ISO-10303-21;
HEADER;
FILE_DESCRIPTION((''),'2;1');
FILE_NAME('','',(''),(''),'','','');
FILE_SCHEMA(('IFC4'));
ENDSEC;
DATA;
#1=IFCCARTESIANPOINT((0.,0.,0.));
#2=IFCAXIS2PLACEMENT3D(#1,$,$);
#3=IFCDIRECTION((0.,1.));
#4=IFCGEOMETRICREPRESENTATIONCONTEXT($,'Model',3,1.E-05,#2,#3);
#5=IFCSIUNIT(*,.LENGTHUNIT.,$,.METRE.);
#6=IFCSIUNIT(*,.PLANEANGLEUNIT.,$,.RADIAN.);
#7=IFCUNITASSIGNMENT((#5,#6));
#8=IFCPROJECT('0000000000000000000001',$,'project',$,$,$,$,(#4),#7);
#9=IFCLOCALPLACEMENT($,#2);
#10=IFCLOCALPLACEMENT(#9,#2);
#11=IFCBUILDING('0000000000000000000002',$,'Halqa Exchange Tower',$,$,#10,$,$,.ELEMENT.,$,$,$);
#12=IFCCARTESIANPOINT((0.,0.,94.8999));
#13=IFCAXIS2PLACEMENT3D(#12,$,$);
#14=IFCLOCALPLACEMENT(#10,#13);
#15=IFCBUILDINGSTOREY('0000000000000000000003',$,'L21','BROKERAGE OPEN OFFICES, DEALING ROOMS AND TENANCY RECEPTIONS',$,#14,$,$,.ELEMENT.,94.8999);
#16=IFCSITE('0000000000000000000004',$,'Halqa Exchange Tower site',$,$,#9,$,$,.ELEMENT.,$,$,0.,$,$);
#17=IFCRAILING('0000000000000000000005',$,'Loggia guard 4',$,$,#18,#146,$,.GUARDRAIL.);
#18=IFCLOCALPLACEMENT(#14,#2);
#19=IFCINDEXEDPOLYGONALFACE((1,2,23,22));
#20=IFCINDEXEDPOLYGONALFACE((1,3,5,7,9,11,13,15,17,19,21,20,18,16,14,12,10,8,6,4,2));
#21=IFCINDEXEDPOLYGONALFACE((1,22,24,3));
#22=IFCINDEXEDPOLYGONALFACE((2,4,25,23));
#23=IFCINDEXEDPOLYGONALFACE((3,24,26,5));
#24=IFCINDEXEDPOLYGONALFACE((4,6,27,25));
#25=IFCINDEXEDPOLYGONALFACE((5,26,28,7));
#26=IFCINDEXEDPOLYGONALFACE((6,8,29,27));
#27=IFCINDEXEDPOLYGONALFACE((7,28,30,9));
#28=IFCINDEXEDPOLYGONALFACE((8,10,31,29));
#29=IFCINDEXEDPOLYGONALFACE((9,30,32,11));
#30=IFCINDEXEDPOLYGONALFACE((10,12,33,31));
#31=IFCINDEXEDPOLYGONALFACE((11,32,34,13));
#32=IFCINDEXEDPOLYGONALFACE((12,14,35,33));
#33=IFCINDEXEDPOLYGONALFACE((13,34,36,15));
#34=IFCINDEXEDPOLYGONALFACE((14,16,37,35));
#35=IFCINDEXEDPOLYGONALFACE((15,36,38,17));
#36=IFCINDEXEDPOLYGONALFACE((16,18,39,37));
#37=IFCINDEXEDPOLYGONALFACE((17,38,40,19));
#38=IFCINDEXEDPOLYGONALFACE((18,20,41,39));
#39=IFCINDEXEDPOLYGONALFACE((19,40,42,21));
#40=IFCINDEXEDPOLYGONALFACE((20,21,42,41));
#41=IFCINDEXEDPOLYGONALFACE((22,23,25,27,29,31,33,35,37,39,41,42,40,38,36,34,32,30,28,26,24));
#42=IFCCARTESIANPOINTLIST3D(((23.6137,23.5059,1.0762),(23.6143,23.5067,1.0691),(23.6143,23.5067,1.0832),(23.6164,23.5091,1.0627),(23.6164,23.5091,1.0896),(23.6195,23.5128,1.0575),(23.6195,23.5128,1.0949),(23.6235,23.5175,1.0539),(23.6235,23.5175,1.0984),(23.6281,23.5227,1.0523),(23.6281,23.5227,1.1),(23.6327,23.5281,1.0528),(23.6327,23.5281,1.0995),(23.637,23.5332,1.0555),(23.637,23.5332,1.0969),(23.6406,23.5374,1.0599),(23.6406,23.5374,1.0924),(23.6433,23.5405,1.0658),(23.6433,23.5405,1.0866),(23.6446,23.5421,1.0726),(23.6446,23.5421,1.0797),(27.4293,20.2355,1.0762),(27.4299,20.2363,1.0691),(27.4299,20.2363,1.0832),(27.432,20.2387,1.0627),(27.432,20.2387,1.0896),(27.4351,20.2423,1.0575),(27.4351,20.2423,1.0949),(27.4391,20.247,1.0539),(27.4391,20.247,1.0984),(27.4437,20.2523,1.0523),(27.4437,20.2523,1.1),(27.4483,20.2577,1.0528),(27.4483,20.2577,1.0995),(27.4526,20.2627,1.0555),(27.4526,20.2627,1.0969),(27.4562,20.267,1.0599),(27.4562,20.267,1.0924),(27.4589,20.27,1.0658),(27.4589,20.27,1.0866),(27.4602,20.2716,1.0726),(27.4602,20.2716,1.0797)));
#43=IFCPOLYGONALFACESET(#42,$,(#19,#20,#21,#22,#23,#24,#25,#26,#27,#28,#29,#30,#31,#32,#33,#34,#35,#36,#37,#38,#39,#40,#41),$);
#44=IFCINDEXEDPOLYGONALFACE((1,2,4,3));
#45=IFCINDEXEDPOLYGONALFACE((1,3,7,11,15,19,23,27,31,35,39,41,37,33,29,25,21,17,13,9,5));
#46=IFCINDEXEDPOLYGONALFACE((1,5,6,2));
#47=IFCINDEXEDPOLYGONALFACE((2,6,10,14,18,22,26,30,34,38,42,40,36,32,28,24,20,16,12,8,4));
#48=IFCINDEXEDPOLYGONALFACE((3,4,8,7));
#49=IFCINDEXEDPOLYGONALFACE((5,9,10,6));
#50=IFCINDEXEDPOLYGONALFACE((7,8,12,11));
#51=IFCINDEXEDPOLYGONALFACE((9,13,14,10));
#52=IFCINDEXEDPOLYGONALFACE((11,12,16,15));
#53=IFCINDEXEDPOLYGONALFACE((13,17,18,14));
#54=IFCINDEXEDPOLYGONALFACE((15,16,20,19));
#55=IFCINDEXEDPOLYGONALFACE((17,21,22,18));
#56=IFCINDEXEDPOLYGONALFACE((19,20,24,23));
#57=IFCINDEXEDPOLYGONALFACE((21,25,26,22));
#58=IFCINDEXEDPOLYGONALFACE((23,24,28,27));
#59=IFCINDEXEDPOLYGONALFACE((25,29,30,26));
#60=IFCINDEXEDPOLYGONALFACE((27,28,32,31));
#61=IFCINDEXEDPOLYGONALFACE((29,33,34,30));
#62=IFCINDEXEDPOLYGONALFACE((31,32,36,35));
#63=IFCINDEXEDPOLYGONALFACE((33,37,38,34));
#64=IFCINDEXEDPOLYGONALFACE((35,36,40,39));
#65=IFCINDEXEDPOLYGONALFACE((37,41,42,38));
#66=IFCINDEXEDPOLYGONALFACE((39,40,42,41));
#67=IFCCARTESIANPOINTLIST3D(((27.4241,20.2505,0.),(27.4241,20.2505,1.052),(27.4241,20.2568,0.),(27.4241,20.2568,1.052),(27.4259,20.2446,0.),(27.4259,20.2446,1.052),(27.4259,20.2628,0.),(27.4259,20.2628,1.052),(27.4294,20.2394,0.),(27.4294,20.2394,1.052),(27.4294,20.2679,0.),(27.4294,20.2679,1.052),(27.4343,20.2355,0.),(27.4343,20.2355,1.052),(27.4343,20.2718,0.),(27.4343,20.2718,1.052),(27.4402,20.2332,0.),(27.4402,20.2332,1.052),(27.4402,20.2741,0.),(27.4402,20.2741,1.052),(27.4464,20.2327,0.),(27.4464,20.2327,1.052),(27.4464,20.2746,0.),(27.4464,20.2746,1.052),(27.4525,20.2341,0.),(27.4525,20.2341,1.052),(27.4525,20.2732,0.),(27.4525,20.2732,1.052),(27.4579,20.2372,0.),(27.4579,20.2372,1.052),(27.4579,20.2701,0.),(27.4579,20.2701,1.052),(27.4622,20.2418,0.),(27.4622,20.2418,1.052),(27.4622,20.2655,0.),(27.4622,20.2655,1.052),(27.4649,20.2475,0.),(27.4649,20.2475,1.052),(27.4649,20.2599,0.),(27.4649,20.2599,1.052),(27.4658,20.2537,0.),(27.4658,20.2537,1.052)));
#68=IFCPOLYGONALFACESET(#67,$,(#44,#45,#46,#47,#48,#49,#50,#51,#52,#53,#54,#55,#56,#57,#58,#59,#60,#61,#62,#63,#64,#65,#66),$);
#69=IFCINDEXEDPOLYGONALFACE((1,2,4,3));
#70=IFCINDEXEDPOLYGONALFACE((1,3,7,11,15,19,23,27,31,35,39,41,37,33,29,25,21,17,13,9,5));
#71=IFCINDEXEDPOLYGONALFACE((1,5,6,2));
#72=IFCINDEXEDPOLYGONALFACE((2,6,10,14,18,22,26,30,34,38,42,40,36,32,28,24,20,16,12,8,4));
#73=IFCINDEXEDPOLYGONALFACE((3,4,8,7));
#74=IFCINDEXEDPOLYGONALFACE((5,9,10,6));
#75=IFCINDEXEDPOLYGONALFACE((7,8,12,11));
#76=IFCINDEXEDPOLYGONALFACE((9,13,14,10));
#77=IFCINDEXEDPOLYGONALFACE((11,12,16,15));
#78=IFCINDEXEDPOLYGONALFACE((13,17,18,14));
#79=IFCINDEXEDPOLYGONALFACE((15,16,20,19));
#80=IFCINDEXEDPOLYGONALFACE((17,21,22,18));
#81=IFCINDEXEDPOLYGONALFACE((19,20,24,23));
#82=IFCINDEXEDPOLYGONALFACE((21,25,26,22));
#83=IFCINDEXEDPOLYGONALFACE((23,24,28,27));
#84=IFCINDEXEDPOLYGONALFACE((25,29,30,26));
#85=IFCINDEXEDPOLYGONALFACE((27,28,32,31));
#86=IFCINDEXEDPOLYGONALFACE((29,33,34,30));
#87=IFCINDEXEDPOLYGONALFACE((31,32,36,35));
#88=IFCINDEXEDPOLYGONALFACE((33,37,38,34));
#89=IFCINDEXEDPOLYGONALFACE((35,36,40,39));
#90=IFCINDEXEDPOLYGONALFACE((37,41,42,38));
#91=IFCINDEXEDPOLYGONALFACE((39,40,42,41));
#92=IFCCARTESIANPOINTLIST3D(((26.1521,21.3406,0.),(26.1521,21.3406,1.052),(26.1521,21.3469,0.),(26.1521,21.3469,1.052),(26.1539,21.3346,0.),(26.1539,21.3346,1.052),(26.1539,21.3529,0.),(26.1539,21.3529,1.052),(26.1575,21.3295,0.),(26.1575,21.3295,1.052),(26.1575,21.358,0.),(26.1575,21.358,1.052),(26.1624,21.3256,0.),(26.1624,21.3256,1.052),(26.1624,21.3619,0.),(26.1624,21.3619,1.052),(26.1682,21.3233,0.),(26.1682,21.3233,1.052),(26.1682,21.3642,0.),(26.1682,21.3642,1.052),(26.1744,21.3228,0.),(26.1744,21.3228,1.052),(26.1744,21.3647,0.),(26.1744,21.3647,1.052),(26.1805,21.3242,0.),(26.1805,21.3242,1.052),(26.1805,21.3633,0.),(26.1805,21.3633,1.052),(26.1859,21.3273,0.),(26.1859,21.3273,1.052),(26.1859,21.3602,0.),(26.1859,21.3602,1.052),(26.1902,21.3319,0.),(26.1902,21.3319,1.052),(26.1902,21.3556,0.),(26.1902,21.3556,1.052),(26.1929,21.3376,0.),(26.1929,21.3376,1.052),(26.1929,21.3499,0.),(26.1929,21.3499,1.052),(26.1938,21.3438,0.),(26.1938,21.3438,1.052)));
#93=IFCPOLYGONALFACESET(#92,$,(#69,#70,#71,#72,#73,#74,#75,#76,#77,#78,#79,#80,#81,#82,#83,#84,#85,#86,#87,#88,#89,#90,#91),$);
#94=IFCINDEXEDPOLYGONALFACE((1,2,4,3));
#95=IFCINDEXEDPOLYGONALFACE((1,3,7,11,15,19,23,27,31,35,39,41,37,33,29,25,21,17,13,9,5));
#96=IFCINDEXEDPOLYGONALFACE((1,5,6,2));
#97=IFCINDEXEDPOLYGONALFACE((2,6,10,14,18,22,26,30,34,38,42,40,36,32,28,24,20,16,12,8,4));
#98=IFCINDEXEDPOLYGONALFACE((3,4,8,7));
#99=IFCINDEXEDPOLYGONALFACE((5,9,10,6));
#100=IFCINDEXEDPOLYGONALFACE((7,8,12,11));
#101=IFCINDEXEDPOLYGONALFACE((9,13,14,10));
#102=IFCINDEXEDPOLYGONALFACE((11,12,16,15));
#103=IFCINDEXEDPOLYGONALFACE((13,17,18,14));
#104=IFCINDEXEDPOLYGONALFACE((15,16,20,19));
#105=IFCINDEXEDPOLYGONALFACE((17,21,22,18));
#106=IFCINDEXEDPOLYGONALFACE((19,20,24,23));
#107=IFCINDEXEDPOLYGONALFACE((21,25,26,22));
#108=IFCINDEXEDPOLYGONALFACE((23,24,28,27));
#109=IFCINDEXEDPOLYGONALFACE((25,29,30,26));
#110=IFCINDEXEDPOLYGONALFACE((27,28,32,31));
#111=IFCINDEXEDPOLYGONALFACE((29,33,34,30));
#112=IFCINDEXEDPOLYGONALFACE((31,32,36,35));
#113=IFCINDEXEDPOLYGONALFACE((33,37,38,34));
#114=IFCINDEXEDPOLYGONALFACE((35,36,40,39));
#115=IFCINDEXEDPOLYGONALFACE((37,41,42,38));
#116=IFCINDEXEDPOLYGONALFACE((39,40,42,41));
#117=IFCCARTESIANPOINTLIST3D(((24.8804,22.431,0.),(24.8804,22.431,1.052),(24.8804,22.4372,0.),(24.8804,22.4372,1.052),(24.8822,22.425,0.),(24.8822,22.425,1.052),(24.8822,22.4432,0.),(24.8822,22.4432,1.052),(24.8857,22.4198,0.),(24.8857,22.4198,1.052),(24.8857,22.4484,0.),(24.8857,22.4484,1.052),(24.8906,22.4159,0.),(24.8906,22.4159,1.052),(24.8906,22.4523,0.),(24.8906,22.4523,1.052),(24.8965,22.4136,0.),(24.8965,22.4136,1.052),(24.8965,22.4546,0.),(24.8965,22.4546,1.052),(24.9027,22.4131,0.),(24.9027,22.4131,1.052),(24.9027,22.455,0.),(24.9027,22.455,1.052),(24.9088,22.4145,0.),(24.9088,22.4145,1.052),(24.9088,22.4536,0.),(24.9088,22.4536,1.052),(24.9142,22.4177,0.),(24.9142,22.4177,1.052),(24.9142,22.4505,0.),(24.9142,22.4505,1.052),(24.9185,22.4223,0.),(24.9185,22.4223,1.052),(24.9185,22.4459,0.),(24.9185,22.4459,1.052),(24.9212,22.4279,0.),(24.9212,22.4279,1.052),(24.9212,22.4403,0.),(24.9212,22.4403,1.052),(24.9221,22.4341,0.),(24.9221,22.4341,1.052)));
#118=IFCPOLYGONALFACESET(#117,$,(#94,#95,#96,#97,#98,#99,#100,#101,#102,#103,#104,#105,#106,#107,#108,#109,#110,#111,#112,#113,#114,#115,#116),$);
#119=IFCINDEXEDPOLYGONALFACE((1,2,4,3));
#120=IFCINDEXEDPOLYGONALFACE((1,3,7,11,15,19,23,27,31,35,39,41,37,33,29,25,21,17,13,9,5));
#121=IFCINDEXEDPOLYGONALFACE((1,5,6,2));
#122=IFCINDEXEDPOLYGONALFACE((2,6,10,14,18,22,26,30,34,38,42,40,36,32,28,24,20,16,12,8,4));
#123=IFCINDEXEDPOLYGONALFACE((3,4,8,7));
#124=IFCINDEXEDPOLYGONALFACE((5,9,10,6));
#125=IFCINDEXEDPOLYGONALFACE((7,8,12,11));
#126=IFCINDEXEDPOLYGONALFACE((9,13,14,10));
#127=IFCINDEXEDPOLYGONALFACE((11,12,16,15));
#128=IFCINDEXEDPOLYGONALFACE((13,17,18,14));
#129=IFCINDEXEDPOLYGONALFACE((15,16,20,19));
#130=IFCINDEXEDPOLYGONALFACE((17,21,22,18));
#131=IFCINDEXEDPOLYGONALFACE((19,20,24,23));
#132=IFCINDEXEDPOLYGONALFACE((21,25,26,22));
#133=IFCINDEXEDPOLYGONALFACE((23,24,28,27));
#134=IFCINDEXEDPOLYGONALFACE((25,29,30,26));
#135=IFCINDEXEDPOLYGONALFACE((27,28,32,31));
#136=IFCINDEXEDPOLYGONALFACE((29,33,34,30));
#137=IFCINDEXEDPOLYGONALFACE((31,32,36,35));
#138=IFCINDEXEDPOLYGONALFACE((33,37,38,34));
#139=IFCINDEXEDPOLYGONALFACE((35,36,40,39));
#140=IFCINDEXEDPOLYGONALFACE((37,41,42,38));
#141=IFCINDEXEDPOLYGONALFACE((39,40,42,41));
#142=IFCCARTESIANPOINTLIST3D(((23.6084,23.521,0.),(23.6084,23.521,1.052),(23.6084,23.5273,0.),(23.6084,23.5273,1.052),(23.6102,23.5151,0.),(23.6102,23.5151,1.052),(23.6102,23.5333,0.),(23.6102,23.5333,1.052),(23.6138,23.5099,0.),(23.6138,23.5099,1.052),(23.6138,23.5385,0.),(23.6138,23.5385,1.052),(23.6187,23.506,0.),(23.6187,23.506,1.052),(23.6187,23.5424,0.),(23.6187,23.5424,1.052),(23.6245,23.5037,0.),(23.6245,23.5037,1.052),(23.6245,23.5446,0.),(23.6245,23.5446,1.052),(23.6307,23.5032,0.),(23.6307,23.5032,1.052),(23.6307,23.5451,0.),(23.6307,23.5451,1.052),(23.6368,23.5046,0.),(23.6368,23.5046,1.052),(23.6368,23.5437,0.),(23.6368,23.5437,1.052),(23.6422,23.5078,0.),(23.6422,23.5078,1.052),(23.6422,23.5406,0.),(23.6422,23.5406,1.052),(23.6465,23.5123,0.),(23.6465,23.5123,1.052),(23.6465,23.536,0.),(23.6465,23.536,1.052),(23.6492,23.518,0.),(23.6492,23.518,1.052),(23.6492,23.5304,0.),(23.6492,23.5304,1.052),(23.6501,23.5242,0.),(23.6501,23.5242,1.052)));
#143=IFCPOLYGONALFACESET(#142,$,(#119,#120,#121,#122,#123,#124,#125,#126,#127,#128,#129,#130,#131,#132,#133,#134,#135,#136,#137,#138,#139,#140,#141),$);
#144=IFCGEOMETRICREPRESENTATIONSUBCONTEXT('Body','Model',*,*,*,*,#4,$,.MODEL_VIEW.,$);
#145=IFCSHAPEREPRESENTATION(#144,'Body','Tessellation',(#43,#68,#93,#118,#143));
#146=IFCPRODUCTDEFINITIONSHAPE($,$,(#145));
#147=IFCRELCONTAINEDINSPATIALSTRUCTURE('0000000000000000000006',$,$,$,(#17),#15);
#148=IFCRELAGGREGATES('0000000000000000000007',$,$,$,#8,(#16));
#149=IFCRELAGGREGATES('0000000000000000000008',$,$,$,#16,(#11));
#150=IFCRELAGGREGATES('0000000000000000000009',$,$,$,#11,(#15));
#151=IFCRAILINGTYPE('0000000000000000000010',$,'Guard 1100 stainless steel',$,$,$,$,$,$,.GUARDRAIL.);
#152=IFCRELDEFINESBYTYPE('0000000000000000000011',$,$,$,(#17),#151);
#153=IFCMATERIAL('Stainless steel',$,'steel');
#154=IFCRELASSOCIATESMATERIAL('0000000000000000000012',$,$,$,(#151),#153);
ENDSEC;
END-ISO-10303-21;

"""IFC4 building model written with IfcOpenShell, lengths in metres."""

from ifc_helpers import new_model, si_unit, direction, frame, origin, origin_2d, place, context, subcontext, project, spatial, circle, extrude, material, type_object, element, save


model = new_model("IFC4")

# Units and contexts
model_context = context("Model", 3, precision=1e-05, world=origin(), true_north=direction((0.0, 1.0)))
body_context = subcontext(model_context, "Body", "Model", "MODEL_VIEW")
ifc_project = project(units=[si_unit("LENGTHUNIT", "METRE"), si_unit("PLANEANGLEUNIT", "RADIAN")], contexts=[model_context])

# Site, building, storey
site_placement = place(None, origin())
site = spatial("IfcSite", under=ifc_project, at=site_placement, Name="Halqa Exchange Tower site", CompositionType="ELEMENT", RefElevation=0.0)
building_placement = place(site_placement, origin())
building = spatial("IfcBuilding", under=site, at=building_placement, Name="Halqa Exchange Tower", CompositionType="ELEMENT")
storey_placement = place(building_placement, frame((0.0, 0.0, 94.8999)))
storey = spatial("IfcBuildingStorey", under=building, at=storey_placement, Name="L21", Description="BROKERAGE OPEN OFFICES, DEALING ROOMS AND TENANCY RECEPTIONS", CompositionType="ELEMENT", Elevation=94.8999)

# Railing
ifc_material_1 = material(Name="Stainless steel", Category="steel")
railing_type = type_object("IfcRailingType", Name="Guard 1100 stainless steel", PredefinedType="GUARDRAIL", material=ifc_material_1)
railing_1_placement = place(storey_placement, frame((27.4448, 20.2537, 0.0)))
element("IfcRailing", 1, at=railing_1_placement, inside=storey, type_object=railing_type, Name="Loggia guard 4", PredefinedType="GUARDRAIL", context=body_context, shape_type="SweptSolid", body=[
    extrude(circle(Radius=0.0239, at=origin_2d()), frame((0.0, 0.0, 1.0762), z_axis=(-0.759263, 0.650783, 0.0), x_axis=(-0.650783, -0.759263, 0.0)), (0.0, 0.0, 1.0), 5.0254),
    extrude(circle(Radius=0.021, at=origin_2d()), origin(), (0.0, 0.0, 1.0), 1.052),
    extrude(circle(Radius=0.021, at=origin_2d()), frame((-1.272, 1.0901, 0.0)), (0.0, 0.0, 1.0), 1.052),
    extrude(circle(Radius=0.021, at=origin_2d()), frame((-2.5437, 2.1804, 0.0)), (0.0, 0.0, 1.0), 1.052),
    extrude(circle(Radius=0.021, at=origin_2d()), frame((-3.8157, 3.2705, 0.0)), (0.0, 0.0, 1.0), 1.052),
])

save(model, "model.ifc")
